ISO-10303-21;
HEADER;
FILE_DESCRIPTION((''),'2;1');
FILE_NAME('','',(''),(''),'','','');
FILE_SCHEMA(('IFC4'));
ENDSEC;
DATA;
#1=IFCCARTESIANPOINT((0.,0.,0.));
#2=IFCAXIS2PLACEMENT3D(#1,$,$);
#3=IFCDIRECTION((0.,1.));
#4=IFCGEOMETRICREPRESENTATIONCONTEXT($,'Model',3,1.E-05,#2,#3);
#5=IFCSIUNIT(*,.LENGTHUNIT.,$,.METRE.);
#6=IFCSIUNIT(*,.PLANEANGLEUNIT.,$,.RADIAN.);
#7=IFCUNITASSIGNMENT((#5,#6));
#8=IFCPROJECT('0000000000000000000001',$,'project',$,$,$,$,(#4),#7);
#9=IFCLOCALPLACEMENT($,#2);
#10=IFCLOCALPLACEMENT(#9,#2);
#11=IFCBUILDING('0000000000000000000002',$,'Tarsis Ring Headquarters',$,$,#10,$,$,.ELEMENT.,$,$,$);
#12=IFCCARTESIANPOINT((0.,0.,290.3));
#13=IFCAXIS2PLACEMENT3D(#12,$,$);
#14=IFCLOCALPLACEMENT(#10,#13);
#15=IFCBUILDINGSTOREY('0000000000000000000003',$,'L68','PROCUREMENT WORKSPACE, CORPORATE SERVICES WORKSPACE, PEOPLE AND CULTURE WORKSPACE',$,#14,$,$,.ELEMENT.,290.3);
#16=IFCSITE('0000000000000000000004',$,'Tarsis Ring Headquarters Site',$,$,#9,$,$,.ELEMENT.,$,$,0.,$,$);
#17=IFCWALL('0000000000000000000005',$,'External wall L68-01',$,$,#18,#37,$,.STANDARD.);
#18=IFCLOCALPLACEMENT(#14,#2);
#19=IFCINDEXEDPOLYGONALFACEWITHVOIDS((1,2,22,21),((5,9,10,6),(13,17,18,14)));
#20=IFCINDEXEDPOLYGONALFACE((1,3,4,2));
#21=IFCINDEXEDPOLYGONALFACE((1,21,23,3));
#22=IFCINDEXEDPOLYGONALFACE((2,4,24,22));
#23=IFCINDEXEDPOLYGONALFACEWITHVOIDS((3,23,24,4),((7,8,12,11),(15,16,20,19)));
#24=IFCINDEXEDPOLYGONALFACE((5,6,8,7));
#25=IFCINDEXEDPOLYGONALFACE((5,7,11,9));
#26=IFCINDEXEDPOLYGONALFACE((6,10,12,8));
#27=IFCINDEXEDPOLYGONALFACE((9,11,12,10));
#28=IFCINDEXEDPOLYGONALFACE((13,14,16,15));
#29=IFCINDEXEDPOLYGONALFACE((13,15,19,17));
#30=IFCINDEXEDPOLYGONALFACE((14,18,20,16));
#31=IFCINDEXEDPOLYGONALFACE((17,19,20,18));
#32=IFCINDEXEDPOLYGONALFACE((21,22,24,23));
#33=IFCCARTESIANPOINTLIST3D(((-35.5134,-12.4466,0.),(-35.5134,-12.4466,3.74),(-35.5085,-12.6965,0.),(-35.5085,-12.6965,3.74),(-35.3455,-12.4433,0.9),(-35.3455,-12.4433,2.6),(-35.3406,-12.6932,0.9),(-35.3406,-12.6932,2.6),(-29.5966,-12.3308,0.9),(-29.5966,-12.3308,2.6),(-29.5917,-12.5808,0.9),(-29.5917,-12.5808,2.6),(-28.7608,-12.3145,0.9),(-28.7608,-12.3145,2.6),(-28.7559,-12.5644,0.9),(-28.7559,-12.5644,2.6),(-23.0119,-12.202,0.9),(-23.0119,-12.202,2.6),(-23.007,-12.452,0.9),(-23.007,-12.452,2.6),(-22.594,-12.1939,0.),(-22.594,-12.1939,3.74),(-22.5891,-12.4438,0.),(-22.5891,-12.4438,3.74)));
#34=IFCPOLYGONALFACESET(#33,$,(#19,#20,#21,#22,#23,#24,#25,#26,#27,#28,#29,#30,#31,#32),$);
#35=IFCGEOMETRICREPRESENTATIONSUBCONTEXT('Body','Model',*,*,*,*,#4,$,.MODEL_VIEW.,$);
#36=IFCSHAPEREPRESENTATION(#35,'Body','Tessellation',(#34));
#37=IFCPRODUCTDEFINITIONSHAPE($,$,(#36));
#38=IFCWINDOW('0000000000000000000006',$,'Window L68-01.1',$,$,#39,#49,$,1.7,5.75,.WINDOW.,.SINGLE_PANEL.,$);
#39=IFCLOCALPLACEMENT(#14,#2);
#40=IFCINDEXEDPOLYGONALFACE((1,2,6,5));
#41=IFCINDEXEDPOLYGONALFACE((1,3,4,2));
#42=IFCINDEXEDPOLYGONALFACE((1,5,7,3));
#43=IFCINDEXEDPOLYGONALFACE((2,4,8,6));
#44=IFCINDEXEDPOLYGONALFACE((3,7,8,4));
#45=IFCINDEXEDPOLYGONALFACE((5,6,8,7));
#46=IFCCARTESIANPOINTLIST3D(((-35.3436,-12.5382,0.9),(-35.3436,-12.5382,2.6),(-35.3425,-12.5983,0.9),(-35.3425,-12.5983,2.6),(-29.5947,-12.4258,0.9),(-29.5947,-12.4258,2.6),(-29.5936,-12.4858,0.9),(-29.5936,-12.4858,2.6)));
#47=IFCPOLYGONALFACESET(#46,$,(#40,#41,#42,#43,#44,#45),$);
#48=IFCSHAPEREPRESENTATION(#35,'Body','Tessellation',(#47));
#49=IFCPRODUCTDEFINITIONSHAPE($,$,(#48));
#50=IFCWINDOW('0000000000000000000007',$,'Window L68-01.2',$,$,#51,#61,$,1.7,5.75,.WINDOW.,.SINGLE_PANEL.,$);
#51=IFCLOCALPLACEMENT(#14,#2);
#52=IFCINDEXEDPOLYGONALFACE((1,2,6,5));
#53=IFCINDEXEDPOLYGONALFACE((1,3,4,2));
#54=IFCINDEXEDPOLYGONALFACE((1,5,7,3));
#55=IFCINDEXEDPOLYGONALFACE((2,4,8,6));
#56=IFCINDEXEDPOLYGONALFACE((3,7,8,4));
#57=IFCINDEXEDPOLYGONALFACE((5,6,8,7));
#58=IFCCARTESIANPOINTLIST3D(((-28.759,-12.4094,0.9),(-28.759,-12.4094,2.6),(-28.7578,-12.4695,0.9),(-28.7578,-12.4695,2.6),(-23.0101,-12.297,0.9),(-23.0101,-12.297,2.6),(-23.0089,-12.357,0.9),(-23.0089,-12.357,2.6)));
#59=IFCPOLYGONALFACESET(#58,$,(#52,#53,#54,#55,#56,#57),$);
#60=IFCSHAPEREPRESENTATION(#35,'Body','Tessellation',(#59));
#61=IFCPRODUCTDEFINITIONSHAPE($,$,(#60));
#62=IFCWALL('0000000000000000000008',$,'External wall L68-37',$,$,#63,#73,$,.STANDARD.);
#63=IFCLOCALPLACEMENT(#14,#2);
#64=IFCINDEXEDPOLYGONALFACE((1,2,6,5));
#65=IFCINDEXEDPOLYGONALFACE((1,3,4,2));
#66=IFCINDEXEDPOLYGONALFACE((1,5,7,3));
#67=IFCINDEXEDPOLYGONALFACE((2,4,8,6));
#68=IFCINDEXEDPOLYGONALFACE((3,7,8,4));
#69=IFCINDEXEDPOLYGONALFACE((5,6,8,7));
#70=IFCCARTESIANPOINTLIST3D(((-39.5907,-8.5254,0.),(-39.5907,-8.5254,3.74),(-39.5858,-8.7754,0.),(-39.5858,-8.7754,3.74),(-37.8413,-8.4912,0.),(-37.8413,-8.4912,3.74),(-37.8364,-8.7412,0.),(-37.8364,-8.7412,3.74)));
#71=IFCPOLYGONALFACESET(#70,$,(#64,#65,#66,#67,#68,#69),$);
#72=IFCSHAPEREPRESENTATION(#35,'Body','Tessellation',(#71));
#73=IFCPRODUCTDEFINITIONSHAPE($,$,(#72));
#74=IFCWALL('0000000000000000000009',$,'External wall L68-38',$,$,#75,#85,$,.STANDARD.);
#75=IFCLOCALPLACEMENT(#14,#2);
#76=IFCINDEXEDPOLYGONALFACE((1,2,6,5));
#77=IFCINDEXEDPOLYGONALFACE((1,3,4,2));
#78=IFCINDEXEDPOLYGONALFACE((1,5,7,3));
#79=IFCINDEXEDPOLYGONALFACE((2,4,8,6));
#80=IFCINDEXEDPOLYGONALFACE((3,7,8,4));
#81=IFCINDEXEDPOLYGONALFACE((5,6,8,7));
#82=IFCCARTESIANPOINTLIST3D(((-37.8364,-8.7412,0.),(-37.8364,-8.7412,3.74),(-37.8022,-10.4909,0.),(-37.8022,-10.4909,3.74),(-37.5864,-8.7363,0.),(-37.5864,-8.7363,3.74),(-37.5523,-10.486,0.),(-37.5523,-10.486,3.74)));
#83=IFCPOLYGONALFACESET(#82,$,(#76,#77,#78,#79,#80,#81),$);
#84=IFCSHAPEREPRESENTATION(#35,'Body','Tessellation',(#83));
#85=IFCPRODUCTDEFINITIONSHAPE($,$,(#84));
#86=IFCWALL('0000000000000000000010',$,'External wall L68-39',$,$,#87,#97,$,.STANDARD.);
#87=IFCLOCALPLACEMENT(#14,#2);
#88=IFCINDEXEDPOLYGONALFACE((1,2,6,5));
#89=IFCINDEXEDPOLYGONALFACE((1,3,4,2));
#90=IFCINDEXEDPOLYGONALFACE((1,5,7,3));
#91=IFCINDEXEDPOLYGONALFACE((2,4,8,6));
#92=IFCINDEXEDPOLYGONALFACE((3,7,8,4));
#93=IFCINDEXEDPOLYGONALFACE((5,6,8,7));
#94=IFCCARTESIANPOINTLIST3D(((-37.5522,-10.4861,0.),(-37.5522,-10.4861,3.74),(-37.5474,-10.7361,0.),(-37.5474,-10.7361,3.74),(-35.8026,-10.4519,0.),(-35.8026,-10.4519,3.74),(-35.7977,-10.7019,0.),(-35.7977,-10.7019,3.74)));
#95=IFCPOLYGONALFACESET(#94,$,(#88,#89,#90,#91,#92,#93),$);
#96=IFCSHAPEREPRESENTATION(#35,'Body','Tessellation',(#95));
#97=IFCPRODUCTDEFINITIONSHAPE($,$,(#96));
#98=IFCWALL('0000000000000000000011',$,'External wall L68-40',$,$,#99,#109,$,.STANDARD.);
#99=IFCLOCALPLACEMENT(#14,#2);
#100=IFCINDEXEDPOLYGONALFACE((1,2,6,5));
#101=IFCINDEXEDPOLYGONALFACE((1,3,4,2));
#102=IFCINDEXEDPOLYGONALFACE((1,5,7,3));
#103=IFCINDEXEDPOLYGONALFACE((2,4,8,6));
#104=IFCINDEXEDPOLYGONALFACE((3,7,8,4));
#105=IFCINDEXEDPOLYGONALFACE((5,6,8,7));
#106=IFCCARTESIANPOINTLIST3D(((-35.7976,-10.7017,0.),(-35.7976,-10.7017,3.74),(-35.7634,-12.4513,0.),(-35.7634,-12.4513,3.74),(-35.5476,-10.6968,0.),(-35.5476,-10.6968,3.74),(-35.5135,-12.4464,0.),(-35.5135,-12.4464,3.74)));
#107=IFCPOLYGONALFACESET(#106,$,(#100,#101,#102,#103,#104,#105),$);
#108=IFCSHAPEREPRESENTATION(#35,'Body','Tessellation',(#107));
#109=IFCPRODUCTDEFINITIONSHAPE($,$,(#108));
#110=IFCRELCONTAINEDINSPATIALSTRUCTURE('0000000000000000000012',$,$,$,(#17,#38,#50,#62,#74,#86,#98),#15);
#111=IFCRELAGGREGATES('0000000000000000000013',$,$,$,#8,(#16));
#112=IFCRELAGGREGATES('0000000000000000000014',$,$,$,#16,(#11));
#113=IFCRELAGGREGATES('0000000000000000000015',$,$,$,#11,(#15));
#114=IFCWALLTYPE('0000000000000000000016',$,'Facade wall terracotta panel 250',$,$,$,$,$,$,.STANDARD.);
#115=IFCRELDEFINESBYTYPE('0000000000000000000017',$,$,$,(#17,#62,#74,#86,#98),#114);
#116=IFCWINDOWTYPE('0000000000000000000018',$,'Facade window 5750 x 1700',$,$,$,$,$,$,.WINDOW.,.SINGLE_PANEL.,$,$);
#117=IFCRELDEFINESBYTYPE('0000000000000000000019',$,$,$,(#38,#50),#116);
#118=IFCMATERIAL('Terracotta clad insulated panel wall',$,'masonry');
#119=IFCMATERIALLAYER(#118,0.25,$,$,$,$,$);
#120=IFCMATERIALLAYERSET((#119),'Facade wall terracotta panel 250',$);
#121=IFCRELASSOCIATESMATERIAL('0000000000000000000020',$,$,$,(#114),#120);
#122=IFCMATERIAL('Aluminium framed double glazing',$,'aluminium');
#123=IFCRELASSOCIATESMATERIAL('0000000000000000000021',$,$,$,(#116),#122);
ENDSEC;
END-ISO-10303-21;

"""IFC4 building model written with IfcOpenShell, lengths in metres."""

from ifc_helpers import new_model, si_unit, direction, frame, frame_2d, origin, place, context, subcontext, project, spatial, rectangle, extrude, material, layer, layer_set, type_object, element, fill, save


model = new_model("IFC4")

# Units and contexts
model_context = context("Model", 3, precision=1e-05, world=origin(), true_north=direction((0.0, 1.0)))
body_context = subcontext(model_context, "Body", "Model", "MODEL_VIEW")
ifc_project = project(units=[si_unit("LENGTHUNIT", "METRE"), si_unit("PLANEANGLEUNIT", "RADIAN")], contexts=[model_context])

# Site, building, storey
site_placement = place(None, origin())
site = spatial("IfcSite", under=ifc_project, at=site_placement, Name="Tarsis Ring Headquarters Site", CompositionType="ELEMENT", RefElevation=0.0)
building_placement = place(site_placement, origin())
building = spatial("IfcBuilding", under=site, at=building_placement, Name="Tarsis Ring Headquarters", CompositionType="ELEMENT")
storey_placement = place(building_placement, frame((0.0, 0.0, 290.3)))
storey = spatial("IfcBuildingStorey", under=building, at=storey_placement, Name="L68", Description="PROCUREMENT WORKSPACE, CORPORATE SERVICES WORKSPACE, PEOPLE AND CULTURE WORKSPACE", CompositionType="ELEMENT", Elevation=290.3)

# Wall, openings, windows
ifc_material_1 = material(Name="Terracotta clad insulated panel wall", Category="masonry")
ifc_layer_1 = layer(ifc_material_1, 0.25)
ifc_layer_set_1 = layer_set([ifc_layer_1], Name="Facade wall terracotta panel 250")
wall_type_1 = type_object("IfcWallType", Name="Facade wall terracotta panel 250", PredefinedType="STANDARD", material=ifc_layer_set_1)
wall_1_placement = place(storey_placement, frame((-35.511, -12.5715, 0.0), z_axis=(0.0, 0.0, 1.0), x_axis=(0.999809, 0.019555, 0.0)))
wall_1 = element("IfcWall", 1, at=wall_1_placement, inside=storey, type_object=wall_type_1, Name="External wall L68-01", PredefinedType="STANDARD", context=body_context, shape_type="SweptSolid", body=[
    extrude(rectangle(XDim=12.9219, YDim=0.25, at=frame_2d((6.4609, 0.0))), origin(), (0.0, 0.0, 1.0), 3.74),
])
opening_1_placement = place(wall_1_placement, frame((0.168, 0.0, 0.8999)))
opening_1 = element("IfcOpeningElement", 2, at=opening_1_placement, cuts=wall_1, PredefinedType="OPENING", context=body_context, shape_type="SweptSolid", body=[
    extrude(rectangle(XDim=5.75, YDim=1.7, at=frame_2d((2.875, 0.8501))), frame((0.0, 0.135, 0.0), z_axis=(0.0, -1.0, 0.0), x_axis=(1.0, 0.0, 0.0)), (0.0, 0.0, 1.0), 0.27),
])
opening_2_placement = place(wall_1_placement, frame((6.7539, 0.0, 0.8999)))
opening_2 = element("IfcOpeningElement", 3, at=opening_2_placement, cuts=wall_1, PredefinedType="OPENING", context=body_context, shape_type="SweptSolid", body=[
    extrude(rectangle(XDim=5.75, YDim=1.7, at=frame_2d((2.875, 0.8501))), frame((0.0, 0.135, 0.0), z_axis=(0.0, -1.0, 0.0), x_axis=(1.0, 0.0, 0.0)), (0.0, 0.0, 1.0), 0.27),
])
ifc_material_2 = material(Name="Aluminium framed double glazing", Category="aluminium")
window_type = type_object("IfcWindowType", Name="Facade window 5750 x 1700", PartitioningType="SINGLE_PANEL", PredefinedType="WINDOW", material=ifc_material_2)
window_1_placement = place(opening_1_placement, origin())
window_1 = element("IfcWindow", 4, at=window_1_placement, inside=storey, type_object=window_type, Name="Window L68-01.1", OverallHeight=1.7, OverallWidth=5.75, PartitioningType="SINGLE_PANEL", PredefinedType="WINDOW", context=body_context, shape_type="SweptSolid", body=[
    extrude(rectangle(XDim=5.75, YDim=1.7, at=frame_2d((2.875, 0.8501))), frame((0.0, 0.03, 0.0), z_axis=(0.0, -1.0, 0.0), x_axis=(1.0, 0.0, 0.0)), (0.0, 0.0, 1.0), 0.0601),
])
fill(opening_1, window_1)
window_2_placement = place(opening_2_placement, origin())
window_2 = element("IfcWindow", 5, at=window_2_placement, inside=storey, type_object=window_type, Name="Window L68-01.2", OverallHeight=1.7, OverallWidth=5.75, PartitioningType="SINGLE_PANEL", PredefinedType="WINDOW", context=body_context, shape_type="SweptSolid", body=[
    extrude(rectangle(XDim=5.75, YDim=1.7, at=frame_2d((2.875, 0.8501))), frame((0.0, 0.03, 0.0), z_axis=(0.0, -1.0, 0.0), x_axis=(1.0, 0.0, 0.0)), (0.0, 0.0, 1.0), 0.0601),
])
fill(opening_2, window_2)

# Walls
wall_2_placement = place(storey_placement, frame((-39.5884, -8.6504, 0.0), z_axis=(0.0, 0.0, 1.0), x_axis=(0.999809, 0.019533, 0.0)))
element("IfcWall", 6, at=wall_2_placement, inside=storey, type_object=wall_type_1, Name="External wall L68-37", PredefinedType="STANDARD", context=body_context, shape_type="SweptSolid", body=[
    extrude(rectangle(XDim=1.7498, YDim=0.25, at=frame_2d((0.875, 0.0))), origin(), (0.0, 0.0, 1.0), 3.74),
])
for number, where, z_axis, x_axis, name in (
    (7, (-37.7114, -8.7388, 0.0), (0.0, 0.0, 1.0), (0.01953, -0.999809, 0.0), "External wall L68-38"),
    (8, (-37.5498, -10.6111, 0.0), (0.0, 0.0, 1.0), (0.999809, 0.01953, 0.0), "External wall L68-39"),
    (9, (-35.6726, -10.6992, 0.0), (0.0, 0.0, 1.0), (0.01953, -0.999809, 0.0), "External wall L68-40"),
):
    element("IfcWall", number, at=place(storey_placement, frame(where, z_axis=z_axis, x_axis=x_axis)), inside=storey, type_object=wall_type_1, Name=name, PredefinedType="STANDARD", context=body_context, shape_type="SweptSolid", body=[
        extrude(rectangle(XDim=1.75, YDim=0.25, at=frame_2d((0.875, 0.0))), origin(), (0.0, 0.0, 1.0), 3.74),
    ])

save(model, "model.ifc")
